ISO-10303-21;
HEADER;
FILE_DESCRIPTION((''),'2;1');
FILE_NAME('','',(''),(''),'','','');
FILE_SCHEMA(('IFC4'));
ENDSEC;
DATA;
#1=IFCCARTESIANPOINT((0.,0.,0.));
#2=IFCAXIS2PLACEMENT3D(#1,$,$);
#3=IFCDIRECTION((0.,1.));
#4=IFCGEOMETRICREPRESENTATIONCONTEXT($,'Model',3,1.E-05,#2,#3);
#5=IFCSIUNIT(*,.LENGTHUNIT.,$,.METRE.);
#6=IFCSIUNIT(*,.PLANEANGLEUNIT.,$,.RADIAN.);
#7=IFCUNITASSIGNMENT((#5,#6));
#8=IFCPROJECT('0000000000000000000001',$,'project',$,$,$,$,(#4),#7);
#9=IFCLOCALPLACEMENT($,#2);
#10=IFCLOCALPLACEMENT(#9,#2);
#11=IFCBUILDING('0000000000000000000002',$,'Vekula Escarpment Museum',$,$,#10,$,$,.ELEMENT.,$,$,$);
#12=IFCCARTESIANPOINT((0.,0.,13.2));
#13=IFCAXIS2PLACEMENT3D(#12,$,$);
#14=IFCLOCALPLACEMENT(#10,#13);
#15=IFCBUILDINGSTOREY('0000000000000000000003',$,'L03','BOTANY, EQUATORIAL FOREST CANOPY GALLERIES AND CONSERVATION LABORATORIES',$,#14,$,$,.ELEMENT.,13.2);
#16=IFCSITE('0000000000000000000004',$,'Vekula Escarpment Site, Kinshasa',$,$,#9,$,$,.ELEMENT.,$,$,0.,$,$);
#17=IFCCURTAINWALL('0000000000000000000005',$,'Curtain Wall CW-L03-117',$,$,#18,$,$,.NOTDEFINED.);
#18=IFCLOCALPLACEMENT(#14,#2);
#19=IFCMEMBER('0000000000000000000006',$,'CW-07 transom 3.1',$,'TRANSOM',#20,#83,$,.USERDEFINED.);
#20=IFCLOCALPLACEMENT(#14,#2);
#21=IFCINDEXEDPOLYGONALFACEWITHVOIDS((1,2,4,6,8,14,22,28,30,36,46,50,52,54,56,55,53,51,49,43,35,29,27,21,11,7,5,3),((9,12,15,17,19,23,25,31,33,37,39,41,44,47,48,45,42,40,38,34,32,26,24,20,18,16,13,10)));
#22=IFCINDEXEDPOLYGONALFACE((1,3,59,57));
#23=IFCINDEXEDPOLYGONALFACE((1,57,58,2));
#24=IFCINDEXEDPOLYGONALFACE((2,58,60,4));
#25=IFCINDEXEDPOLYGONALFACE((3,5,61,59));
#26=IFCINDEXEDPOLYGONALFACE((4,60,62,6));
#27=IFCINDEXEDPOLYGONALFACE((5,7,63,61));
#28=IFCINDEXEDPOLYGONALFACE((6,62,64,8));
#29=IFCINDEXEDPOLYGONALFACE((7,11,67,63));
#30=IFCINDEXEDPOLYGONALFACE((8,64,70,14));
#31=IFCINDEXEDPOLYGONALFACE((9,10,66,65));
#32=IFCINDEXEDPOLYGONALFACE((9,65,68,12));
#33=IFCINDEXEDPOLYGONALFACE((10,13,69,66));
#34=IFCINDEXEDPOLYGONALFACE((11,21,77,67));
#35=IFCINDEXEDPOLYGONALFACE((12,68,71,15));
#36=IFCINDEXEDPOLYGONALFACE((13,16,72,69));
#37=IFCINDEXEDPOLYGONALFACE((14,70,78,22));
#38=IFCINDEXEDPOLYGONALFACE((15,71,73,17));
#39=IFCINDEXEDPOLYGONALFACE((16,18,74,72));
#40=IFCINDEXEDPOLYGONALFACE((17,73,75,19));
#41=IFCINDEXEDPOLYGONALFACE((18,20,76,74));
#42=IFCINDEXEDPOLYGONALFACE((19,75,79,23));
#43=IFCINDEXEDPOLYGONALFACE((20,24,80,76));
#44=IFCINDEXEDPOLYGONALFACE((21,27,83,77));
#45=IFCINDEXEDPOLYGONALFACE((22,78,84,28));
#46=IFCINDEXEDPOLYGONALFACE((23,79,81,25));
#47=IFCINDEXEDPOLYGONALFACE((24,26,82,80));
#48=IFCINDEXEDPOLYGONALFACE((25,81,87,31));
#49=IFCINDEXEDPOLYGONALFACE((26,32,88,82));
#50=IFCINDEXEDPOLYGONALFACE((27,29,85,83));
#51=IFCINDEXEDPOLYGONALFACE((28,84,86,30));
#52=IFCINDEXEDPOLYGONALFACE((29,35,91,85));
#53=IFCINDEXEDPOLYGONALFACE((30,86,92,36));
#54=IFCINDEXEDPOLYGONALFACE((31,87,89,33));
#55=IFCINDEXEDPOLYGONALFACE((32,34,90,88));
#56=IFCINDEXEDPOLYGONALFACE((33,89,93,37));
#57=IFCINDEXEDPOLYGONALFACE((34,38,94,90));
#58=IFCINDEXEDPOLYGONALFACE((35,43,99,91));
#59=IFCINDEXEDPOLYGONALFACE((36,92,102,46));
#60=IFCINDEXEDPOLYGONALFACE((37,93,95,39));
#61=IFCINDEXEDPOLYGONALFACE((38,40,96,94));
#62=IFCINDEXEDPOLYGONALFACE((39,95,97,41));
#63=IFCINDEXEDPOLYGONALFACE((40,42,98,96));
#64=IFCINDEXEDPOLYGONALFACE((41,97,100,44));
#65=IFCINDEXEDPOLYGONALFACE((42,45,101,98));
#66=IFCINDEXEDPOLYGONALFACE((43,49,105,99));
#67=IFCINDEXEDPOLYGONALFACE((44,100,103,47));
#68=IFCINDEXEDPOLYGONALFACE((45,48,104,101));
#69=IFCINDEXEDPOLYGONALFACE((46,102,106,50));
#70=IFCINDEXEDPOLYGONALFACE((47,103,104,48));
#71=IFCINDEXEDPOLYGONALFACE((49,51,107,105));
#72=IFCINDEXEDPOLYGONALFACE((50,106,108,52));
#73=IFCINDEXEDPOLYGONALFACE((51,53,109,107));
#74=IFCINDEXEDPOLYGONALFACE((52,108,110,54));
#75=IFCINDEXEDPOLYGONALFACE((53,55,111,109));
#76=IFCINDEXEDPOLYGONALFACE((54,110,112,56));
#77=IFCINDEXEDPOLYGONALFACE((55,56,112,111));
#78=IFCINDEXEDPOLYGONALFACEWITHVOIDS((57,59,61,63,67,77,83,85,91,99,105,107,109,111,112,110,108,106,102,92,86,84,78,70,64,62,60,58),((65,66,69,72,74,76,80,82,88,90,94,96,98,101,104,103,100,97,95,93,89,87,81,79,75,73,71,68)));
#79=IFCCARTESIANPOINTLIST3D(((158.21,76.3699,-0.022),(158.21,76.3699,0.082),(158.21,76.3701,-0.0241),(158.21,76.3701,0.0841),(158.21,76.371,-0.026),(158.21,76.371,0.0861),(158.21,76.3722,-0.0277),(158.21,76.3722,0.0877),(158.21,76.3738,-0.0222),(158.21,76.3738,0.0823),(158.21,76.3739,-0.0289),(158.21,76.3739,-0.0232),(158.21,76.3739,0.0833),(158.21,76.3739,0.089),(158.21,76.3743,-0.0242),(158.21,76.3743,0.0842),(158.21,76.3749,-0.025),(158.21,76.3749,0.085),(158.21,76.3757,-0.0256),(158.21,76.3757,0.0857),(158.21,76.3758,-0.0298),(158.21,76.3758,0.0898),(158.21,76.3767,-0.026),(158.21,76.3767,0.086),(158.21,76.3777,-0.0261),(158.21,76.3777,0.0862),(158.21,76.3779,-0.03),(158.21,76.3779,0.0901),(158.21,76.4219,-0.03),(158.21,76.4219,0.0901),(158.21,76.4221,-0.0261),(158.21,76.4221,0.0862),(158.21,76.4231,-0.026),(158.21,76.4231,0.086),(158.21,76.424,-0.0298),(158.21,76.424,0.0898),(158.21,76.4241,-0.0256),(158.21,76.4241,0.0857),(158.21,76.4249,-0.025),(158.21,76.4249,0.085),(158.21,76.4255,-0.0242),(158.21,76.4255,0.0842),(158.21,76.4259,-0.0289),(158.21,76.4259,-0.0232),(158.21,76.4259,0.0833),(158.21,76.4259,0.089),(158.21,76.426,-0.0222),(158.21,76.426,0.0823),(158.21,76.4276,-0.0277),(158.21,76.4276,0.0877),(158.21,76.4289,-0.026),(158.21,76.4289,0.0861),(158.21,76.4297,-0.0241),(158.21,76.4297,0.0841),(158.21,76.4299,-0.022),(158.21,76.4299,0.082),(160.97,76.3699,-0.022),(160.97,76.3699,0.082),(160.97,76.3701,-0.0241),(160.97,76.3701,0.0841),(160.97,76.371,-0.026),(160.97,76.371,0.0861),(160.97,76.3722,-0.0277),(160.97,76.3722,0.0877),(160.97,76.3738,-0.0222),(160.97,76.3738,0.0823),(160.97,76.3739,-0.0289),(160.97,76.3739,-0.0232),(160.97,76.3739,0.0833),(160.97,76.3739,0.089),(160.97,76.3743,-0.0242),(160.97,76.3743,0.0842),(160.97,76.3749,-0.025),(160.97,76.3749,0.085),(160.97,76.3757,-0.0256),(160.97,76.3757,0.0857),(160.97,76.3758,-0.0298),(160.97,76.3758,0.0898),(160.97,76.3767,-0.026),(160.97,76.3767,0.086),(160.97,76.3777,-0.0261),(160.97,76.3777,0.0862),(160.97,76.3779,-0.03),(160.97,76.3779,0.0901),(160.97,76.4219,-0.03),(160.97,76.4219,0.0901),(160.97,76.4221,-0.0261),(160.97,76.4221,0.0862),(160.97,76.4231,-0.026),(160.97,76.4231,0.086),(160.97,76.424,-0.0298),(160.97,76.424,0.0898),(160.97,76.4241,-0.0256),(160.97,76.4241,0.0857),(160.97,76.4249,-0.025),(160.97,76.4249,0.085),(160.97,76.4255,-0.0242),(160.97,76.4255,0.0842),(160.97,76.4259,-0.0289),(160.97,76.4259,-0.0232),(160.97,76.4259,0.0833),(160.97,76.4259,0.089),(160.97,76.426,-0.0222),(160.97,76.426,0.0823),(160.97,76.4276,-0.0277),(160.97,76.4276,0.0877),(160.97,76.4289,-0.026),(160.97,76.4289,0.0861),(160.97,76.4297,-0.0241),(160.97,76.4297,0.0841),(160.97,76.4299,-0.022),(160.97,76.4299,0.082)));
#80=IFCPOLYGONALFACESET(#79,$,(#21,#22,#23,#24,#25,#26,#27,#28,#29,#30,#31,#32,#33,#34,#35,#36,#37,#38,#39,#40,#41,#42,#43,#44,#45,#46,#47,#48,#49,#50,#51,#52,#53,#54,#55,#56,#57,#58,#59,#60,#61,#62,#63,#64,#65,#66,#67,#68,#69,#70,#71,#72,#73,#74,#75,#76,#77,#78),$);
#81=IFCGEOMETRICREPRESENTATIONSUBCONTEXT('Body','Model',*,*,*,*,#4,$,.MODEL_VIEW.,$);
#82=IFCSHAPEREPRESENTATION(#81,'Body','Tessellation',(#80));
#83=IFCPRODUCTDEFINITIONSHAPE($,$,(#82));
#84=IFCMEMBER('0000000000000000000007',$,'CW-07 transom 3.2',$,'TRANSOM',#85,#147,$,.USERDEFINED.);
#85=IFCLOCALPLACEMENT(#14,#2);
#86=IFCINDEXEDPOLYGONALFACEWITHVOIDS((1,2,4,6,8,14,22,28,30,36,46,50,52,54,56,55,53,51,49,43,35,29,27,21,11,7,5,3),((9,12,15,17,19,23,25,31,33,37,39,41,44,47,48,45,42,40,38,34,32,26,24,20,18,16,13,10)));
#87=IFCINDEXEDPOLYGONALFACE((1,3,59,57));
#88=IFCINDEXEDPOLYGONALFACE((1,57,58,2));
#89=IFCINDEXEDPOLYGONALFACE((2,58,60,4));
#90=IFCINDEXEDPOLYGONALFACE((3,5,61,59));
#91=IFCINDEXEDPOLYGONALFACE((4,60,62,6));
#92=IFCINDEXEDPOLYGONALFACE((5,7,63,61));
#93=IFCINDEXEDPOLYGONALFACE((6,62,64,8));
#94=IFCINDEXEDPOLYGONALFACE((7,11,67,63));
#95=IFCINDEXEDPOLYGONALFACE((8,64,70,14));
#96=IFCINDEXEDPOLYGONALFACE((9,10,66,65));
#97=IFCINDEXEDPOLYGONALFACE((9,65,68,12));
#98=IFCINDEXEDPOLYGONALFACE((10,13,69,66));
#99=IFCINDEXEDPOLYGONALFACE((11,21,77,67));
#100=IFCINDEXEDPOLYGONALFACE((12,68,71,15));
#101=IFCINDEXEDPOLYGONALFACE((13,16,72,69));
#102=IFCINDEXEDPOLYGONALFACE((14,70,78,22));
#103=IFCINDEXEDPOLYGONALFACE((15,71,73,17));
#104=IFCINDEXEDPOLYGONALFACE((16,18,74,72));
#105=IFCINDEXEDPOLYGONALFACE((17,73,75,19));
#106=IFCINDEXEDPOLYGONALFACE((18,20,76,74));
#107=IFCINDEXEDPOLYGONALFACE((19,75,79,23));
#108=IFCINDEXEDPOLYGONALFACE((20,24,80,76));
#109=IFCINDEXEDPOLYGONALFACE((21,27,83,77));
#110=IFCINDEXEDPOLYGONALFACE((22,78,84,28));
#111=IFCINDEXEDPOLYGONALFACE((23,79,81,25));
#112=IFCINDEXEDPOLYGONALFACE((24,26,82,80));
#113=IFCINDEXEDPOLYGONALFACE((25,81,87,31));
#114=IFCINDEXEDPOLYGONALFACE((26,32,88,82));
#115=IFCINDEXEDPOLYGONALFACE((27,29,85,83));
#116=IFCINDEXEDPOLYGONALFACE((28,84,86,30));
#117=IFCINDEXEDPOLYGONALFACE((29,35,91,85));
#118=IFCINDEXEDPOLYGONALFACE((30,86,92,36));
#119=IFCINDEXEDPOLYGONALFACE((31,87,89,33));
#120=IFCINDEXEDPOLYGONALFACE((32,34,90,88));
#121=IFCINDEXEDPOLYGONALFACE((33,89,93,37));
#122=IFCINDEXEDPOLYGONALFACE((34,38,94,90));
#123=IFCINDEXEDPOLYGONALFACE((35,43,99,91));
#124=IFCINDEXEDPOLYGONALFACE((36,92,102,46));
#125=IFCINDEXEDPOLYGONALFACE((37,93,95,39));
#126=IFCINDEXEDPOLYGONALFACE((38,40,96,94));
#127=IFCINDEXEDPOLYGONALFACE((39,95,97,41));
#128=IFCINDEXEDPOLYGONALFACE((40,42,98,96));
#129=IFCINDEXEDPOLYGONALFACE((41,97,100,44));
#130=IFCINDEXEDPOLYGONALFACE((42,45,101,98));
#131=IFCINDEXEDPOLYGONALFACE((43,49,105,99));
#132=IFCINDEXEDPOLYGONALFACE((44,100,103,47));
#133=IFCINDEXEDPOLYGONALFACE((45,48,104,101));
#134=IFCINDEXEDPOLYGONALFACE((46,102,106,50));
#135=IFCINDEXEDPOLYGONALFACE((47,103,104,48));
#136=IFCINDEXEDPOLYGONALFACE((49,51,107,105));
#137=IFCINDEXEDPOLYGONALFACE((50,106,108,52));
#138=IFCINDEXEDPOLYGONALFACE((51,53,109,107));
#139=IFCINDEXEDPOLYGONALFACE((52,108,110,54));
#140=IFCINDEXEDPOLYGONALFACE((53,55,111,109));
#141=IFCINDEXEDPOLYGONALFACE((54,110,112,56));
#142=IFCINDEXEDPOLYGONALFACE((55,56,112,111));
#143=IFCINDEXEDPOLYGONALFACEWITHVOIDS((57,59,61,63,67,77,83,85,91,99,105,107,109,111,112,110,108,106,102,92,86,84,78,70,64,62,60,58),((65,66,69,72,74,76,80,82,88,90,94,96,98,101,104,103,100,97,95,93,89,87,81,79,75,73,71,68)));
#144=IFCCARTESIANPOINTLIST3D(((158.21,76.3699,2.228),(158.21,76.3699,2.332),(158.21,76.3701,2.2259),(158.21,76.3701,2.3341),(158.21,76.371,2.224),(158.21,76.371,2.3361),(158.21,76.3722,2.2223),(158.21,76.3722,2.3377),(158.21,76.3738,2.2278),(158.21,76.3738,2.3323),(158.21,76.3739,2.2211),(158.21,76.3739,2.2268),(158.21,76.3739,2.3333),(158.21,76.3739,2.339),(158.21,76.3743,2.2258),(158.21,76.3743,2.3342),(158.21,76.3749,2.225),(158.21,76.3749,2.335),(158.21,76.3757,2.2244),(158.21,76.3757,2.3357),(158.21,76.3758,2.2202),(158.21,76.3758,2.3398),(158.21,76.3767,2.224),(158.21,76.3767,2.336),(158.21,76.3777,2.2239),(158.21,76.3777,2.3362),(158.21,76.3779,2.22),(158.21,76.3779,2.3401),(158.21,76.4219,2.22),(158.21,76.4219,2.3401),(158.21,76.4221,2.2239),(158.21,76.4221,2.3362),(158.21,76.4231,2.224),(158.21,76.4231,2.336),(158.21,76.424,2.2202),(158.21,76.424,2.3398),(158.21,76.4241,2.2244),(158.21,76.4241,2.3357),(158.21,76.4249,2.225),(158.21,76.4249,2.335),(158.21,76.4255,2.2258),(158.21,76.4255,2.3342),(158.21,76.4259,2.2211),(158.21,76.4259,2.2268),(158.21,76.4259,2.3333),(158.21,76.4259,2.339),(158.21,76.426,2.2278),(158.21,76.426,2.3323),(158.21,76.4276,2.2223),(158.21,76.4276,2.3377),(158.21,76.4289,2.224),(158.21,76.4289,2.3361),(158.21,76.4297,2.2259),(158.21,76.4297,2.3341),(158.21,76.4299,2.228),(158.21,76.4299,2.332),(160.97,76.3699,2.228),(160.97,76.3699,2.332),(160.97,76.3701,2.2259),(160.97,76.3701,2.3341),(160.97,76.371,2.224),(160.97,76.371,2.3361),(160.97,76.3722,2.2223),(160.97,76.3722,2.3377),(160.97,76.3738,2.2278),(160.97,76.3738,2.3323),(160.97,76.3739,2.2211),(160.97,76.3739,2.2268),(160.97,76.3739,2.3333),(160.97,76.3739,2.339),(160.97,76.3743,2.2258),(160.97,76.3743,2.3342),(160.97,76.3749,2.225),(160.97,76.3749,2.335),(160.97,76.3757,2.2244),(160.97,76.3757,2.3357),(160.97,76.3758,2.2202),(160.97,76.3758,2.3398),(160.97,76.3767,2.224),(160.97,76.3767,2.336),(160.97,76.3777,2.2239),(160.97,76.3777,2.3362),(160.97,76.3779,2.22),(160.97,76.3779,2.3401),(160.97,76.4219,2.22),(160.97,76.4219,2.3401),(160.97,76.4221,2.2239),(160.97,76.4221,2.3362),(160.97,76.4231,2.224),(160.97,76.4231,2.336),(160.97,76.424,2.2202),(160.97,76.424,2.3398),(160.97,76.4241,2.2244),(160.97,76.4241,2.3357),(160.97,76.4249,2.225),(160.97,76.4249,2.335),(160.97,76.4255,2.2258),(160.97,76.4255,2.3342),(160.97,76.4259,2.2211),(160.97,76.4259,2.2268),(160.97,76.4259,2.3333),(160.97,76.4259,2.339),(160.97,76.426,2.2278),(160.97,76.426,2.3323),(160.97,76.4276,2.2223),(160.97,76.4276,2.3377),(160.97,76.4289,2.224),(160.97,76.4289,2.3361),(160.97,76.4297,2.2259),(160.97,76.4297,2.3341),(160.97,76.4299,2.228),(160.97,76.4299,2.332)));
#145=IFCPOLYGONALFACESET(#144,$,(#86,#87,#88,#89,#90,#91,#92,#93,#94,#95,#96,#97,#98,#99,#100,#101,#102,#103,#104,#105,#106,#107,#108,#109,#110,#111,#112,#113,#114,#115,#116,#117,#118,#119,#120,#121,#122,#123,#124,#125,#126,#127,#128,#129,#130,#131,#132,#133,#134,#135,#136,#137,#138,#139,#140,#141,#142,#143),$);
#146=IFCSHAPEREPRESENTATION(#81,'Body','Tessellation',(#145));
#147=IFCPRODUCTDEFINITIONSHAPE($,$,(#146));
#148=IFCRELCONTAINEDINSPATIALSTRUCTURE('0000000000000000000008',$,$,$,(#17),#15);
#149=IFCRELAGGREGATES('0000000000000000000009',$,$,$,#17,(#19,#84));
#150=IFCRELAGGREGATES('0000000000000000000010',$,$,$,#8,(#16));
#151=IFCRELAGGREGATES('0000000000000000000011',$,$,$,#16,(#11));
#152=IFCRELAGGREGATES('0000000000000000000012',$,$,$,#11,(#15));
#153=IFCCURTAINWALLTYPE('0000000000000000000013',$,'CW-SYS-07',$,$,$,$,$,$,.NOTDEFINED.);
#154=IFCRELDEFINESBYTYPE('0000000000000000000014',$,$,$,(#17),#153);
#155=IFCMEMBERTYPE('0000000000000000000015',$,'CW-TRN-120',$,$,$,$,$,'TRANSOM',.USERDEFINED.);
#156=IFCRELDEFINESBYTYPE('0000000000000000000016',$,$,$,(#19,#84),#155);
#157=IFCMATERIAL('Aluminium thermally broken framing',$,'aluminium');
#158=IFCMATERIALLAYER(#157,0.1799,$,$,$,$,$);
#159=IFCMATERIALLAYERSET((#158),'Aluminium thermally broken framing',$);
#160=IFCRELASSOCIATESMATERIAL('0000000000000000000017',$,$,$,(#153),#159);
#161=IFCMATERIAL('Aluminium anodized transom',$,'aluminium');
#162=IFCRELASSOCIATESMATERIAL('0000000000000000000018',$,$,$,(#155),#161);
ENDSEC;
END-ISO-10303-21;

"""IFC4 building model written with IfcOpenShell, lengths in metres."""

from ifc_helpers import new_model, si_unit, direction, frame, origin, origin_2d, place, context, subcontext, project, spatial, hollow_rectangle, extrude, material, layer, layer_set, material_profile, profile_set, type_object, element, aggregate, save


model = new_model("IFC4")

# Units and contexts
model_context = context("Model", 3, precision=1e-05, world=origin(), true_north=direction((0.0, 1.0)))
body_context = subcontext(model_context, "Body", "Model", "MODEL_VIEW")
ifc_project = project(units=[si_unit("LENGTHUNIT", "METRE"), si_unit("PLANEANGLEUNIT", "RADIAN")], contexts=[model_context])

# Site, building, storey
site_placement = place(None, origin())
site = spatial("IfcSite", under=ifc_project, at=site_placement, Name="Vekula Escarpment Site, Kinshasa", CompositionType="ELEMENT", RefElevation=0.0)
building_placement = place(site_placement, origin())
building = spatial("IfcBuilding", under=site, at=building_placement, Name="Vekula Escarpment Museum", CompositionType="ELEMENT")
storey_placement = place(building_placement, frame((0.0, 0.0, 13.2)))
storey = spatial("IfcBuildingStorey", under=building, at=storey_placement, Name="L03", Description="BOTANY, EQUATORIAL FOREST CANOPY GALLERIES AND CONSERVATION LABORATORIES", CompositionType="ELEMENT", Elevation=13.2)

# Curtain wall
ifc_material_1 = material(Name="Aluminium thermally broken framing", Category="aluminium")
ifc_layer_1 = layer(ifc_material_1, 0.1799)
ifc_layer_set_1 = layer_set([ifc_layer_1], Name="Aluminium thermally broken framing")
curtain_wall_type_1 = type_object("IfcCurtainWallType", Name="CW-SYS-07", PredefinedType="NOTDEFINED", material=ifc_layer_set_1)
curtain_wall_1_placement = place(storey_placement, origin())
curtain_wall_1 = element("IfcCurtainWall", 1, at=curtain_wall_1_placement, inside=storey, type_object=curtain_wall_type_1, Name="Curtain Wall CW-L03-117", PredefinedType="NOTDEFINED")

# Members
ifc_material_2 = material(Name="Aluminium anodized transom", Category="aluminium")
ifc_material_profile_1 = material_profile(ifc_material_2, hollow_rectangle(XDim=0.0601, YDim=0.1201, WallThickness=0.0039, InnerFilletRadius=0.0039, OuterFilletRadius=0.0081, at=origin_2d()), Name="ALU 120x60x4")
ifc_profile_set_1 = profile_set([ifc_material_profile_1], Name="Aluminium anodized transom")
member_type_1 = type_object("IfcMemberType", Name="CW-TRN-120", ElementType="TRANSOM", PredefinedType="USERDEFINED", material=ifc_profile_set_1)
member_1_placement = place(storey_placement, frame((160.97, 76.3999, 0.03), z_axis=(-1.0, 0.0, 0.0), x_axis=(0.0, -1.0, 0.0)))
member_1 = element("IfcMember", 2, at=member_1_placement, type_object=member_type_1, Name="CW-07 transom 3.1", ObjectType="TRANSOM", PredefinedType="USERDEFINED", context=body_context, shape_type="SweptSolid", body=[
    extrude(hollow_rectangle(XDim=0.0601, YDim=0.1201, WallThickness=0.0039, InnerFilletRadius=0.0039, OuterFilletRadius=0.0081, at=origin_2d()), origin(), (0.0, 0.0, 1.0), 2.76),
])
member_2_placement = place(storey_placement, frame((160.97, 76.3999, 2.28), z_axis=(-1.0, 0.0, 0.0), x_axis=(0.0, -1.0, 0.0)))
member_2 = element("IfcMember", 3, at=member_2_placement, type_object=member_type_1, Name="CW-07 transom 3.2", ObjectType="TRANSOM", PredefinedType="USERDEFINED", context=body_context, shape_type="SweptSolid", body=[
    extrude(hollow_rectangle(XDim=0.0601, YDim=0.1201, WallThickness=0.0039, InnerFilletRadius=0.0039, OuterFilletRadius=0.0081, at=origin_2d()), origin(), (0.0, 0.0, 1.0), 2.76),
])

aggregate(curtain_wall_1, [member_1, member_2])

save(model, "model.ifc")
